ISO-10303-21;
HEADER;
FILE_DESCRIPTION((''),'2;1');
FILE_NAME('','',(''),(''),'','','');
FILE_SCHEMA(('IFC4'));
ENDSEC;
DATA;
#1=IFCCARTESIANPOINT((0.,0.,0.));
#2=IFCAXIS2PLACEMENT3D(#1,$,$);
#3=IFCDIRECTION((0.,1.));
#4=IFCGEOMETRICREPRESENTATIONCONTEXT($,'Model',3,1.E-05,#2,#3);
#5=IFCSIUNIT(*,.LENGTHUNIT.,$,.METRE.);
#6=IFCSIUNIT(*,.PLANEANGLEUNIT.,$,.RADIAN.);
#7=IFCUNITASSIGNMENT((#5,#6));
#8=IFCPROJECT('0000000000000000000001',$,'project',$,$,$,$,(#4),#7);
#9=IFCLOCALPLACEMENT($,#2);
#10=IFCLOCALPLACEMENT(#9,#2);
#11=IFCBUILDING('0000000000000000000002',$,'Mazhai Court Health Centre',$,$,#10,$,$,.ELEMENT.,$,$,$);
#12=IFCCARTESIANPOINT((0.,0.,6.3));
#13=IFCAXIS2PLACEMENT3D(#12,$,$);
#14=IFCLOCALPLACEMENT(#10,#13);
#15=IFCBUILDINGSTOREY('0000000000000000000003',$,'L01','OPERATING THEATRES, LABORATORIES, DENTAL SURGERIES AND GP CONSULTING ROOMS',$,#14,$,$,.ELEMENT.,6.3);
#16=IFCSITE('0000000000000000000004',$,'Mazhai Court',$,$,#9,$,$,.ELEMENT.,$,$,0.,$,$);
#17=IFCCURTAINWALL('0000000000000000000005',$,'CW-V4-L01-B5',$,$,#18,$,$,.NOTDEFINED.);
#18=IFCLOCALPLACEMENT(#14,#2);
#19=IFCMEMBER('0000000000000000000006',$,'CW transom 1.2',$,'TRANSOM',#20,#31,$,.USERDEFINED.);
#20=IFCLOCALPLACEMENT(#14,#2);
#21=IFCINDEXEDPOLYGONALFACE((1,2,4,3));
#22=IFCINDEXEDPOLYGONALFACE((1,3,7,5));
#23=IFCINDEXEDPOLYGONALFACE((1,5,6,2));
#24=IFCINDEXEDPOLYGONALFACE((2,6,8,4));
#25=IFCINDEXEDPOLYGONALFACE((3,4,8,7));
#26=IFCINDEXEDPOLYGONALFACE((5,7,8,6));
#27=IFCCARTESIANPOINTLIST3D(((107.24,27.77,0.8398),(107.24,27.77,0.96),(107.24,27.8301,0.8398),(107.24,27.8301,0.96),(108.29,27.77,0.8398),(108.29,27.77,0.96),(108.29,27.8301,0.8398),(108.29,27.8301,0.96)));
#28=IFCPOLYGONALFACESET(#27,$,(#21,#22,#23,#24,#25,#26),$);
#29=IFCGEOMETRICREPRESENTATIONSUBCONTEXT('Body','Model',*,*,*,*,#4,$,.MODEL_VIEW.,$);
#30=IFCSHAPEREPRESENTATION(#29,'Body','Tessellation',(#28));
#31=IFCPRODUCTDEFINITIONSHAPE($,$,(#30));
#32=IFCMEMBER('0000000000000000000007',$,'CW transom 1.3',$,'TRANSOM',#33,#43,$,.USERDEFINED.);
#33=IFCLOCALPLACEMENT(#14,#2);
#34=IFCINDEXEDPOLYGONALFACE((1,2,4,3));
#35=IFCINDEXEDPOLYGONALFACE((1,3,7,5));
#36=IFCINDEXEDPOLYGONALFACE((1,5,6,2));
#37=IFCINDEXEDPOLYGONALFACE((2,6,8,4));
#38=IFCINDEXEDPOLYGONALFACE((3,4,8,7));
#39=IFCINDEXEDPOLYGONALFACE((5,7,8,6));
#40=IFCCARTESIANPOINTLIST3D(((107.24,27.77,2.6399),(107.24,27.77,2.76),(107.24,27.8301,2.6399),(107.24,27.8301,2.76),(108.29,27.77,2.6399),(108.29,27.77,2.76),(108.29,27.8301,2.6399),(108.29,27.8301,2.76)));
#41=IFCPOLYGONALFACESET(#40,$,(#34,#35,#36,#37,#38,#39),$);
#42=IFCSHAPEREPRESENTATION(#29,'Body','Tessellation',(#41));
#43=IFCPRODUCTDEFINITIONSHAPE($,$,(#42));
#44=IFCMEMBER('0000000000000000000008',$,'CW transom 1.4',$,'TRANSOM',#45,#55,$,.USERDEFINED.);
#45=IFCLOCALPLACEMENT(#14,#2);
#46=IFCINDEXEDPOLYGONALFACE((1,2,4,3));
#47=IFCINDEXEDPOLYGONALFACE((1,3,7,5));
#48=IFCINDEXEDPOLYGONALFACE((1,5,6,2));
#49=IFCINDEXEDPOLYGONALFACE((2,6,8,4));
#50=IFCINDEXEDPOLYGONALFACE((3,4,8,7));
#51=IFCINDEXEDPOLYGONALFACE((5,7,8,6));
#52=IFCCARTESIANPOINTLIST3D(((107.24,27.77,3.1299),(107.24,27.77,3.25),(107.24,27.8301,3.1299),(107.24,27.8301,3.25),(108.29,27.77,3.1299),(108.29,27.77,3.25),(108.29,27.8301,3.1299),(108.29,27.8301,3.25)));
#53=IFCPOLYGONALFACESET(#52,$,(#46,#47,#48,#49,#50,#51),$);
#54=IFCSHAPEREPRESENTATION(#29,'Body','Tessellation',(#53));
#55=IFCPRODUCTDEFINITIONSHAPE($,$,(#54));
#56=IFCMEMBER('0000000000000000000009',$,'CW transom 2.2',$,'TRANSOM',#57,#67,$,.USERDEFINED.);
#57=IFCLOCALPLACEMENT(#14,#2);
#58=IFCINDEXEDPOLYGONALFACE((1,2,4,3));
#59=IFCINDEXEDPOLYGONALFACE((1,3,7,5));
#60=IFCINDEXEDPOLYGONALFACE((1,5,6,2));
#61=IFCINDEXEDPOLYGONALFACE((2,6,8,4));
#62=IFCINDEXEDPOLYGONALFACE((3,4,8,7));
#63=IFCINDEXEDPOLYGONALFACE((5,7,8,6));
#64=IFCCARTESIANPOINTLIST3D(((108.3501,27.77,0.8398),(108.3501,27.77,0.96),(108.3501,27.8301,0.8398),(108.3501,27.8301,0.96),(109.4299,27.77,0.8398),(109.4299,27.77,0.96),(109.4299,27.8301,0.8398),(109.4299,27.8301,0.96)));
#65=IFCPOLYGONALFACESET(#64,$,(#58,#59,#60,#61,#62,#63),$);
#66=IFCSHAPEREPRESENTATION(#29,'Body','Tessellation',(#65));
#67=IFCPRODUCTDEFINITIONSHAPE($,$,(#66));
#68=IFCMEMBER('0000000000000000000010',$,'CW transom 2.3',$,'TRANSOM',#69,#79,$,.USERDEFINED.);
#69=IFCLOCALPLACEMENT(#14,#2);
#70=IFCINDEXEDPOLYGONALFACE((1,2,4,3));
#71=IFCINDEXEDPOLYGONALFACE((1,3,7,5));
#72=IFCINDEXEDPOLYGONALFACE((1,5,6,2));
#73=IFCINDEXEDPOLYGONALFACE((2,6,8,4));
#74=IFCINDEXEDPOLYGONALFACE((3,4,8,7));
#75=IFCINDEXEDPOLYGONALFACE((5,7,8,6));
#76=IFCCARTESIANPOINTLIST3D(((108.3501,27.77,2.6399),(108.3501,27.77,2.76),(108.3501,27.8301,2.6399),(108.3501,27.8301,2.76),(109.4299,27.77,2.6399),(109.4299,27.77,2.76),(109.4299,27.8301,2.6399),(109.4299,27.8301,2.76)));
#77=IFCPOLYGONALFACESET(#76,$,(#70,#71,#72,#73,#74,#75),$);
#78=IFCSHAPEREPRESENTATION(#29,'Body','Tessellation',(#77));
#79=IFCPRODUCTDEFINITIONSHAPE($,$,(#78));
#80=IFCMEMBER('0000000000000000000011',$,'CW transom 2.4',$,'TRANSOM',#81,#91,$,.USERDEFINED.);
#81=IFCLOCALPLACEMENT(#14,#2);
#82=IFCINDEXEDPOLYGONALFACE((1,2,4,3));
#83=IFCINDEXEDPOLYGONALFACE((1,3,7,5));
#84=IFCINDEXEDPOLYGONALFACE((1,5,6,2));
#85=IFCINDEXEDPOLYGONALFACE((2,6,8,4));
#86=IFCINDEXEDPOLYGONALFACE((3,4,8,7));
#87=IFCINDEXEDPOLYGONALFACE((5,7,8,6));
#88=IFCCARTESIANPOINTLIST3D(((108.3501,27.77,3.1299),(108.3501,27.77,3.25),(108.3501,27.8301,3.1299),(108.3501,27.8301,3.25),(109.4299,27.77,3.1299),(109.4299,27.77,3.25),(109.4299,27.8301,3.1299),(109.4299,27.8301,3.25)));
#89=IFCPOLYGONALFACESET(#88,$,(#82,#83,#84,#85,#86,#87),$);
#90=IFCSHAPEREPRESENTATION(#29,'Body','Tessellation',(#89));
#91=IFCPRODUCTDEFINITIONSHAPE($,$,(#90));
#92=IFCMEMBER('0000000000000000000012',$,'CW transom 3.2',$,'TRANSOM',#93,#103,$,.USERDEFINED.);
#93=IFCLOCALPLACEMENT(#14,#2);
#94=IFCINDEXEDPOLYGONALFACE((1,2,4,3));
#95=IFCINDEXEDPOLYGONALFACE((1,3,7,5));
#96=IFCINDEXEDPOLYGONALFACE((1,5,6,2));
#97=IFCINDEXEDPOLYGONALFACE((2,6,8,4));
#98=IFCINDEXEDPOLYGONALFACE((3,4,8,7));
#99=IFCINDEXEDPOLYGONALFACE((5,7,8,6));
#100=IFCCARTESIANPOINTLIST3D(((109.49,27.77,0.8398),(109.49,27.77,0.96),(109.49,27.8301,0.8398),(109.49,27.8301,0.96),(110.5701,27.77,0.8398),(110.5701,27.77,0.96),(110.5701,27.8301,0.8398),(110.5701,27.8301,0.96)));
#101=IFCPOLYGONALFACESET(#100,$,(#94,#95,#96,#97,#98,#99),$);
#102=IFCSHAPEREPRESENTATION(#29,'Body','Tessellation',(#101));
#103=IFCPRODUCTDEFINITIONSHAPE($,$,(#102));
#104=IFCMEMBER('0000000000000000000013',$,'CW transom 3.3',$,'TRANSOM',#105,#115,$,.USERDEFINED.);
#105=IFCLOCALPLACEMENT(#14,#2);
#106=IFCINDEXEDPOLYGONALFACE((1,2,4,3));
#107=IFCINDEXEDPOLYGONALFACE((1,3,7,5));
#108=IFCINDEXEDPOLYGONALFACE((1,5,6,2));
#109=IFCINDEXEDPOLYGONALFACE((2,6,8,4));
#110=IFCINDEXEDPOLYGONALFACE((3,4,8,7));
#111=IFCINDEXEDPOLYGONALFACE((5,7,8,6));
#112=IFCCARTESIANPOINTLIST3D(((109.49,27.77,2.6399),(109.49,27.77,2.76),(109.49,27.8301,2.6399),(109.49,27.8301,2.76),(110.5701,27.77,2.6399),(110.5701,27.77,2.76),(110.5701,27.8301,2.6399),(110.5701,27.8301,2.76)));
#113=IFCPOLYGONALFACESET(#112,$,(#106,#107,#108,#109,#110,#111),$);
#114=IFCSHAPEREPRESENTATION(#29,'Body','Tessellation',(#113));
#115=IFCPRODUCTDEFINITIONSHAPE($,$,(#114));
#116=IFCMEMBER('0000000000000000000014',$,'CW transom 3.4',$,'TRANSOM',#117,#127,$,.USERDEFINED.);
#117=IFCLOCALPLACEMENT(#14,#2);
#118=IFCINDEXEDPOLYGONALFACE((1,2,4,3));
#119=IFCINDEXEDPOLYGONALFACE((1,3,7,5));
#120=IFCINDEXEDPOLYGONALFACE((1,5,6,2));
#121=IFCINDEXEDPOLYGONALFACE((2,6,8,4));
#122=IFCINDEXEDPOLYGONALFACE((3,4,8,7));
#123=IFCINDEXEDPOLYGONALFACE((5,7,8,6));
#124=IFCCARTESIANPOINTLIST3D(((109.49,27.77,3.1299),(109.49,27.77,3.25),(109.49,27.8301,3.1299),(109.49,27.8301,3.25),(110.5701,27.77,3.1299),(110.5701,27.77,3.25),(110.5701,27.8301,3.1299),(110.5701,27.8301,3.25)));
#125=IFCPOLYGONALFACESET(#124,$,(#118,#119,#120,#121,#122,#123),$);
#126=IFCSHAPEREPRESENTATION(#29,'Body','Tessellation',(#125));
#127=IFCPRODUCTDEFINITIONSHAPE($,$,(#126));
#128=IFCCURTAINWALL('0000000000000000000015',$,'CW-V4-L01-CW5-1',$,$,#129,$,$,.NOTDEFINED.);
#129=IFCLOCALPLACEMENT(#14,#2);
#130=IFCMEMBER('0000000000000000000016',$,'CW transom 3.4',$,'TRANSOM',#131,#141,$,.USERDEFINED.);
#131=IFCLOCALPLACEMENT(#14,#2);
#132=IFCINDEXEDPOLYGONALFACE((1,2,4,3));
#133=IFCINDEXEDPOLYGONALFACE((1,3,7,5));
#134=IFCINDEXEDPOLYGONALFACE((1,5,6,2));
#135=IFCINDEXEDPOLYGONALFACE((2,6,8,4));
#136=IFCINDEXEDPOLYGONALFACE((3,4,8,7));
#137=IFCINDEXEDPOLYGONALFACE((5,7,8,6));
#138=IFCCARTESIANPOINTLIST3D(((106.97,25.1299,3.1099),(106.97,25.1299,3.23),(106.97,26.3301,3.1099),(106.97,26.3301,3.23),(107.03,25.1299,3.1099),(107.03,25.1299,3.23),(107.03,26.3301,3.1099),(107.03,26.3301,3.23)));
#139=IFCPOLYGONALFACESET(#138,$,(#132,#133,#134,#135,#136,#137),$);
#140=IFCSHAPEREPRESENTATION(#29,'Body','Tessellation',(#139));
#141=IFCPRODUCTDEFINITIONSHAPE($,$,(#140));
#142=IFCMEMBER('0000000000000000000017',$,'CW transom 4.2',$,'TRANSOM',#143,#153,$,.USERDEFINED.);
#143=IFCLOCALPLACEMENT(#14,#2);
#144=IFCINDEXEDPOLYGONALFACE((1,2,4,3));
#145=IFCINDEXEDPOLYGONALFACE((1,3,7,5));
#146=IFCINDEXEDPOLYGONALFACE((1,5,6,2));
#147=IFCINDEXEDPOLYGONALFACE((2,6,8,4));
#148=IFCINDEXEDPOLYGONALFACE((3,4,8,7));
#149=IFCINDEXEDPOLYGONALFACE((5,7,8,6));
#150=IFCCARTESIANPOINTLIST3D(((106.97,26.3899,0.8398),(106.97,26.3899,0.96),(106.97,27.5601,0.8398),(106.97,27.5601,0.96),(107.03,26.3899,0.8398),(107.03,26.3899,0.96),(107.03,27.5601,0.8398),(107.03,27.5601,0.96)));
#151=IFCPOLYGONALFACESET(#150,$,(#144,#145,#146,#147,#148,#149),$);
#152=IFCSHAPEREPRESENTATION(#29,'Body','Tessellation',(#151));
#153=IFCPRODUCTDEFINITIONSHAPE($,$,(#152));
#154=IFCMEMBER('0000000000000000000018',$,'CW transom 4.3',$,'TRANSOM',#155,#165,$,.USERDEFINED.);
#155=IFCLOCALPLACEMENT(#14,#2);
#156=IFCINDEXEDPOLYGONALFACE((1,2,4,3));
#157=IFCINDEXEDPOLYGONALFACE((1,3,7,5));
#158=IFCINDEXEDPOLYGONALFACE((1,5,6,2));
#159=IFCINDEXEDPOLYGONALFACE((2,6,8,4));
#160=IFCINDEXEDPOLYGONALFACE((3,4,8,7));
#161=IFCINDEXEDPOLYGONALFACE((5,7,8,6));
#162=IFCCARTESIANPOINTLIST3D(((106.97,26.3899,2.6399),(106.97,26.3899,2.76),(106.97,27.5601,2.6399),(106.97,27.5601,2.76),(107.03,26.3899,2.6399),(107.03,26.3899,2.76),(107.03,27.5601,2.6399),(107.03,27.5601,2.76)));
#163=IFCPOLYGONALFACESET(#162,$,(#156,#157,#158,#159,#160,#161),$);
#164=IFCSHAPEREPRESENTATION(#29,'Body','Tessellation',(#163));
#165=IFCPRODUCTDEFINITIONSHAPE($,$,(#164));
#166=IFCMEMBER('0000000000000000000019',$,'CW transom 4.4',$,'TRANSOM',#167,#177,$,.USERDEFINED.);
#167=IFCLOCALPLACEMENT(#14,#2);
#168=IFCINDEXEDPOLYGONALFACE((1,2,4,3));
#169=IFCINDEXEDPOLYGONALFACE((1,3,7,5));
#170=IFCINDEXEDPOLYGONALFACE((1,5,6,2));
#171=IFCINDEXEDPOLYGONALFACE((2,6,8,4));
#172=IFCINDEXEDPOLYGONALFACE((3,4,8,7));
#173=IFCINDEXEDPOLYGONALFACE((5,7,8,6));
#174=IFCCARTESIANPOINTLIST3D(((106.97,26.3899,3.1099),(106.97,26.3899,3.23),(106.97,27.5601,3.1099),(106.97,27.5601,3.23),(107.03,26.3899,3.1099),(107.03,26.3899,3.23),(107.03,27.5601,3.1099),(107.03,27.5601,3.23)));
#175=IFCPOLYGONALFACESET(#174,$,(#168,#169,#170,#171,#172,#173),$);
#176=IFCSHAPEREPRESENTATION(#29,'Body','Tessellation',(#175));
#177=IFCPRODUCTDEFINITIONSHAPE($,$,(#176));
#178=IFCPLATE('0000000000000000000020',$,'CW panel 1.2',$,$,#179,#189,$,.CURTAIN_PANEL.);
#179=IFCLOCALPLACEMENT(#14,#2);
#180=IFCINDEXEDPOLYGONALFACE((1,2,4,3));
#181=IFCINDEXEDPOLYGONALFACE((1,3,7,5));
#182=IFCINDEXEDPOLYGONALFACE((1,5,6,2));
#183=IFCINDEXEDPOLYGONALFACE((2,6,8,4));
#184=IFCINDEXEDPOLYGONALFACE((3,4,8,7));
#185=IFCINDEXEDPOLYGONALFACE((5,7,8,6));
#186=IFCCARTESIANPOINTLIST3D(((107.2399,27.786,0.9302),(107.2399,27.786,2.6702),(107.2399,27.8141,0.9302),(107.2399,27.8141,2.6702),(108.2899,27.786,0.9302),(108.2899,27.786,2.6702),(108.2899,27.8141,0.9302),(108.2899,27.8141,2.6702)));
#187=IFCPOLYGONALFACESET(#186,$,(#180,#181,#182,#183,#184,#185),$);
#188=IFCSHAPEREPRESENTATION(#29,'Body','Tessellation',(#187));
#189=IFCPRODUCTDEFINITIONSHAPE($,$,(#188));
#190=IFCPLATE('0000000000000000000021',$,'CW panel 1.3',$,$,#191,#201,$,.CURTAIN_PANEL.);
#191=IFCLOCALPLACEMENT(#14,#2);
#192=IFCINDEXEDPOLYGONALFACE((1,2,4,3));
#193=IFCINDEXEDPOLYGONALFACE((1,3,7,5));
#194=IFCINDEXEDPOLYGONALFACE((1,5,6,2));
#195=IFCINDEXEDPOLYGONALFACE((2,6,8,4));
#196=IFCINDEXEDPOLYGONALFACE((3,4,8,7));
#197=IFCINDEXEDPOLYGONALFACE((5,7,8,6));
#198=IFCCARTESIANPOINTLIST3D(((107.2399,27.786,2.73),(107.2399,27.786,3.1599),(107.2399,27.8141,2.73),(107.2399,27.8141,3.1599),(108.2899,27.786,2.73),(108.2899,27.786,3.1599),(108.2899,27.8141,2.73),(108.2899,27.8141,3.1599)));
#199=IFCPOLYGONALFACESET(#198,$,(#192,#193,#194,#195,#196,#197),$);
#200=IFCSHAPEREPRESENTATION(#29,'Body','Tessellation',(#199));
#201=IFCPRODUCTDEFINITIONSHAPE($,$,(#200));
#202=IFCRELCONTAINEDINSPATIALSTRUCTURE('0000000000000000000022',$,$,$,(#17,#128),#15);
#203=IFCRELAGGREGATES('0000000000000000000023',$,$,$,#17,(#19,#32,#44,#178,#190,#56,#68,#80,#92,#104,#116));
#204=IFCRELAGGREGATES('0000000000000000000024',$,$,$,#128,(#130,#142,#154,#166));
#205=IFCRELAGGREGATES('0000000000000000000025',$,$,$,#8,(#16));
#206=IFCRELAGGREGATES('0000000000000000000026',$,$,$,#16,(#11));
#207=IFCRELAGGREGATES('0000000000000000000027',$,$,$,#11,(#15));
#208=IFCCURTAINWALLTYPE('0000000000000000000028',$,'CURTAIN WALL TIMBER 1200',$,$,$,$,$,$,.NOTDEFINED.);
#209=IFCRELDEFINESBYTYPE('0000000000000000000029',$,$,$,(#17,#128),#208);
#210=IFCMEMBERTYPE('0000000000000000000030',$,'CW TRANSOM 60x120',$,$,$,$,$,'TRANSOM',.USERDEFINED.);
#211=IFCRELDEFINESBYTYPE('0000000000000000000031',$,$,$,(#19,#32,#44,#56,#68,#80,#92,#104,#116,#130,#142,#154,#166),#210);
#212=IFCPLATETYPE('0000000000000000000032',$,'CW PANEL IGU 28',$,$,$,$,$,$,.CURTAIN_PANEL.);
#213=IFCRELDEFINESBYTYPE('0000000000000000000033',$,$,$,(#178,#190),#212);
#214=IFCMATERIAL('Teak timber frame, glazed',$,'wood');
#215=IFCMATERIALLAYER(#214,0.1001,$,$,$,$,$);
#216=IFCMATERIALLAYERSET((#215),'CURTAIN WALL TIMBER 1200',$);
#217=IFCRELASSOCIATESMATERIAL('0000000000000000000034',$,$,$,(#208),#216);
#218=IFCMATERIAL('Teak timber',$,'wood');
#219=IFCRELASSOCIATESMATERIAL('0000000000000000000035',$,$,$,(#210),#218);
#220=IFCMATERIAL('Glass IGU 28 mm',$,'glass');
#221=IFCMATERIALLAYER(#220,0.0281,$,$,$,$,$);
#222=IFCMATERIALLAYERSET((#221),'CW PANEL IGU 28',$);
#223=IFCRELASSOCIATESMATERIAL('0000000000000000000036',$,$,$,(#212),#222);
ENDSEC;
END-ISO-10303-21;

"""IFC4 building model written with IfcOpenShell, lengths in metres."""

from ifc_helpers import new_model, si_unit, direction, frame, origin, origin_2d, place, context, subcontext, project, spatial, rectangle, extrude, material, layer, layer_set, material_profile, profile_set, type_object, element, aggregate, save


model = new_model("IFC4")

# Units and contexts
model_context = context("Model", 3, precision=1e-05, world=origin(), true_north=direction((0.0, 1.0)))
body_context = subcontext(model_context, "Body", "Model", "MODEL_VIEW")
ifc_project = project(units=[si_unit("LENGTHUNIT", "METRE"), si_unit("PLANEANGLEUNIT", "RADIAN")], contexts=[model_context])

# Site, building, storey
site_placement = place(None, origin())
site = spatial("IfcSite", under=ifc_project, at=site_placement, Name="Mazhai Court", CompositionType="ELEMENT", RefElevation=0.0)
building_placement = place(site_placement, origin())
building = spatial("IfcBuilding", under=site, at=building_placement, Name="Mazhai Court Health Centre", CompositionType="ELEMENT")
storey_placement = place(building_placement, frame((0.0, 0.0, 6.3)))
storey = spatial("IfcBuildingStorey", under=building, at=storey_placement, Name="L01", Description="OPERATING THEATRES, LABORATORIES, DENTAL SURGERIES AND GP CONSULTING ROOMS", CompositionType="ELEMENT", Elevation=6.3)

# Curtain walls, members
ifc_material_1 = material(Name="Teak timber frame, glazed", Category="wood")
ifc_layer_1 = layer(ifc_material_1, 0.1001)
ifc_layer_set_1 = layer_set([ifc_layer_1], Name="CURTAIN WALL TIMBER 1200")
curtain_wall_type = type_object("IfcCurtainWallType", Name="CURTAIN WALL TIMBER 1200", PredefinedType="NOTDEFINED", material=ifc_layer_set_1)
curtain_wall_1_placement = place(storey_placement, origin())
curtain_wall_1 = element("IfcCurtainWall", 1, at=curtain_wall_1_placement, inside=storey, type_object=curtain_wall_type, Name="CW-V4-L01-B5", PredefinedType="NOTDEFINED")
ifc_material_2 = material(Name="Teak timber", Category="wood")
ifc_material_profile = material_profile(ifc_material_2, rectangle(XDim=0.0601, YDim=0.1201, at=origin_2d()), Name="CW TRANSOM 60x120")
ifc_profile_set = profile_set([ifc_material_profile], Name="Teak timber")
member_type = type_object("IfcMemberType", Name="CW TRANSOM 60x120", ElementType="TRANSOM", PredefinedType="USERDEFINED", material=ifc_profile_set)
member_1_placement = place(storey_placement, frame((107.24, 27.8, 0.8999), z_axis=(1.0, 0.0, 0.0), x_axis=(0.0, 1.0, 0.0)))
member_1 = element("IfcMember", 2, at=member_1_placement, type_object=member_type, Name="CW transom 1.2", ObjectType="TRANSOM", PredefinedType="USERDEFINED", context=body_context, shape_type="SweptSolid", body=[
    extrude(rectangle(XDim=0.0601, YDim=0.1201, at=origin_2d()), origin(), (0.0, 0.0, 1.0), 1.05),
])
member_2_placement = place(storey_placement, frame((107.24, 27.8, 2.7), z_axis=(1.0, 0.0, 0.0), x_axis=(0.0, 1.0, 0.0)))
member_2 = element("IfcMember", 3, at=member_2_placement, type_object=member_type, Name="CW transom 1.3", ObjectType="TRANSOM", PredefinedType="USERDEFINED", context=body_context, shape_type="SweptSolid", body=[
    extrude(rectangle(XDim=0.0601, YDim=0.1201, at=origin_2d()), origin(), (0.0, 0.0, 1.0), 1.05),
])
member_3_placement = place(storey_placement, frame((107.24, 27.8, 3.1899), z_axis=(1.0, 0.0, 0.0), x_axis=(0.0, 1.0, 0.0)))
member_3 = element("IfcMember", 4, at=member_3_placement, type_object=member_type, Name="CW transom 1.4", ObjectType="TRANSOM", PredefinedType="USERDEFINED", context=body_context, shape_type="SweptSolid", body=[
    extrude(rectangle(XDim=0.0601, YDim=0.1201, at=origin_2d()), origin(), (0.0, 0.0, 1.0), 1.05),
])
member_4_placement = place(storey_placement, frame((108.3501, 27.8, 0.8999), z_axis=(1.0, 0.0, 0.0), x_axis=(0.0, 1.0, 0.0)))
member_4 = element("IfcMember", 5, at=member_4_placement, type_object=member_type, Name="CW transom 2.2", ObjectType="TRANSOM", PredefinedType="USERDEFINED", context=body_context, shape_type="SweptSolid", body=[
    extrude(rectangle(XDim=0.0601, YDim=0.1201, at=origin_2d()), origin(), (0.0, 0.0, 1.0), 1.0798),
])
member_5_placement = place(storey_placement, frame((108.3501, 27.8, 2.7), z_axis=(1.0, 0.0, 0.0), x_axis=(0.0, 1.0, 0.0)))
member_5 = element("IfcMember", 6, at=member_5_placement, type_object=member_type, Name="CW transom 2.3", ObjectType="TRANSOM", PredefinedType="USERDEFINED", context=body_context, shape_type="SweptSolid", body=[
    extrude(rectangle(XDim=0.0601, YDim=0.1201, at=origin_2d()), origin(), (0.0, 0.0, 1.0), 1.0798),
])
member_6_placement = place(storey_placement, frame((108.3501, 27.8, 3.1899), z_axis=(1.0, 0.0, 0.0), x_axis=(0.0, 1.0, 0.0)))
member_6 = element("IfcMember", 7, at=member_6_placement, type_object=member_type, Name="CW transom 2.4", ObjectType="TRANSOM", PredefinedType="USERDEFINED", context=body_context, shape_type="SweptSolid", body=[
    extrude(rectangle(XDim=0.0601, YDim=0.1201, at=origin_2d()), origin(), (0.0, 0.0, 1.0), 1.0798),
])
member_7_placement = place(storey_placement, frame((109.49, 27.8, 0.8999), z_axis=(1.0, 0.0, 0.0), x_axis=(0.0, 1.0, 0.0)))
member_7 = element("IfcMember", 8, at=member_7_placement, type_object=member_type, Name="CW transom 3.2", ObjectType="TRANSOM", PredefinedType="USERDEFINED", context=body_context, shape_type="SweptSolid", body=[
    extrude(rectangle(XDim=0.0601, YDim=0.1201, at=origin_2d()), origin(), (0.0, 0.0, 1.0), 1.0801),
])
member_8_placement = place(storey_placement, frame((109.49, 27.8, 2.7), z_axis=(1.0, 0.0, 0.0), x_axis=(0.0, 1.0, 0.0)))
member_8 = element("IfcMember", 9, at=member_8_placement, type_object=member_type, Name="CW transom 3.3", ObjectType="TRANSOM", PredefinedType="USERDEFINED", context=body_context, shape_type="SweptSolid", body=[
    extrude(rectangle(XDim=0.0601, YDim=0.1201, at=origin_2d()), origin(), (0.0, 0.0, 1.0), 1.0801),
])
member_9_placement = place(storey_placement, frame((109.49, 27.8, 3.1899), z_axis=(1.0, 0.0, 0.0), x_axis=(0.0, 1.0, 0.0)))
member_9 = element("IfcMember", 10, at=member_9_placement, type_object=member_type, Name="CW transom 3.4", ObjectType="TRANSOM", PredefinedType="USERDEFINED", context=body_context, shape_type="SweptSolid", body=[
    extrude(rectangle(XDim=0.0601, YDim=0.1201, at=origin_2d()), origin(), (0.0, 0.0, 1.0), 1.0801),
])
curtain_wall_2_placement = place(storey_placement, origin())
curtain_wall_2 = element("IfcCurtainWall", 11, at=curtain_wall_2_placement, inside=storey, type_object=curtain_wall_type, Name="CW-V4-L01-CW5-1", PredefinedType="NOTDEFINED")
member_10_placement = place(storey_placement, frame((107.0, 25.1299, 3.1699), z_axis=(0.0, 1.0, 0.0), x_axis=(-1.0, 0.0, 0.0)))
member_10 = element("IfcMember", 12, at=member_10_placement, type_object=member_type, Name="CW transom 3.4", ObjectType="TRANSOM", PredefinedType="USERDEFINED", context=body_context, shape_type="SweptSolid", body=[
    extrude(rectangle(XDim=0.0601, YDim=0.1201, at=origin_2d()), origin(), (0.0, 0.0, 1.0), 1.2002),
])
member_11_placement = place(storey_placement, frame((107.0, 26.3899, 0.8999), z_axis=(0.0, 1.0, 0.0), x_axis=(-1.0, 0.0, 0.0)))
member_11 = element("IfcMember", 13, at=member_11_placement, type_object=member_type, Name="CW transom 4.2", ObjectType="TRANSOM", PredefinedType="USERDEFINED", context=body_context, shape_type="SweptSolid", body=[
    extrude(rectangle(XDim=0.0601, YDim=0.1201, at=origin_2d()), origin(), (0.0, 0.0, 1.0), 1.1702),
])
member_12_placement = place(storey_placement, frame((107.0, 26.3899, 2.7), z_axis=(0.0, 1.0, 0.0), x_axis=(-1.0, 0.0, 0.0)))
member_12 = element("IfcMember", 14, at=member_12_placement, type_object=member_type, Name="CW transom 4.3", ObjectType="TRANSOM", PredefinedType="USERDEFINED", context=body_context, shape_type="SweptSolid", body=[
    extrude(rectangle(XDim=0.0601, YDim=0.1201, at=origin_2d()), origin(), (0.0, 0.0, 1.0), 1.1702),
])
member_13_placement = place(storey_placement, frame((107.0, 26.3899, 3.1699), z_axis=(0.0, 1.0, 0.0), x_axis=(-1.0, 0.0, 0.0)))
member_13 = element("IfcMember", 15, at=member_13_placement, type_object=member_type, Name="CW transom 4.4", ObjectType="TRANSOM", PredefinedType="USERDEFINED", context=body_context, shape_type="SweptSolid", body=[
    extrude(rectangle(XDim=0.0601, YDim=0.1201, at=origin_2d()), origin(), (0.0, 0.0, 1.0), 1.1702),
])

# Plates
ifc_material_3 = material(Name="Glass IGU 28 mm", Category="glass")
ifc_layer_2 = layer(ifc_material_3, 0.0281)
ifc_layer_set_2 = layer_set([ifc_layer_2], Name="CW PANEL IGU 28")
plate_type = type_object("IfcPlateType", Name="CW PANEL IGU 28", PredefinedType="CURTAIN_PANEL", material=ifc_layer_set_2)
plate_1_placement = place(storey_placement, frame((107.7649, 27.8, 0.9302), z_axis=(0.0, 0.0, 1.0), x_axis=(1.0, 0.0, 0.0)))
plate_1 = element("IfcPlate", 16, at=plate_1_placement, type_object=plate_type, Name="CW panel 1.2", PredefinedType="CURTAIN_PANEL", context=body_context, shape_type="SweptSolid", body=[
    extrude(rectangle(XDim=1.05, YDim=0.0281, at=origin_2d()), origin(), (0.0, 0.0, 1.0), 1.74),
])
plate_2_placement = place(storey_placement, frame((107.7649, 27.8, 2.73), z_axis=(0.0, 0.0, 1.0), x_axis=(1.0, 0.0, 0.0)))
plate_2 = element("IfcPlate", 17, at=plate_2_placement, type_object=plate_type, Name="CW panel 1.3", PredefinedType="CURTAIN_PANEL", context=body_context, shape_type="SweptSolid", body=[
    extrude(rectangle(XDim=1.05, YDim=0.0281, at=origin_2d()), origin(), (0.0, 0.0, 1.0), 0.4299),
])
aggregate(curtain_wall_1, [member_1, member_2, member_3, plate_1, plate_2, member_4, member_5, member_6, member_7, member_8, member_9])
aggregate(curtain_wall_2, [member_10, member_11, member_12, member_13])

save(model, "model.ifc")
